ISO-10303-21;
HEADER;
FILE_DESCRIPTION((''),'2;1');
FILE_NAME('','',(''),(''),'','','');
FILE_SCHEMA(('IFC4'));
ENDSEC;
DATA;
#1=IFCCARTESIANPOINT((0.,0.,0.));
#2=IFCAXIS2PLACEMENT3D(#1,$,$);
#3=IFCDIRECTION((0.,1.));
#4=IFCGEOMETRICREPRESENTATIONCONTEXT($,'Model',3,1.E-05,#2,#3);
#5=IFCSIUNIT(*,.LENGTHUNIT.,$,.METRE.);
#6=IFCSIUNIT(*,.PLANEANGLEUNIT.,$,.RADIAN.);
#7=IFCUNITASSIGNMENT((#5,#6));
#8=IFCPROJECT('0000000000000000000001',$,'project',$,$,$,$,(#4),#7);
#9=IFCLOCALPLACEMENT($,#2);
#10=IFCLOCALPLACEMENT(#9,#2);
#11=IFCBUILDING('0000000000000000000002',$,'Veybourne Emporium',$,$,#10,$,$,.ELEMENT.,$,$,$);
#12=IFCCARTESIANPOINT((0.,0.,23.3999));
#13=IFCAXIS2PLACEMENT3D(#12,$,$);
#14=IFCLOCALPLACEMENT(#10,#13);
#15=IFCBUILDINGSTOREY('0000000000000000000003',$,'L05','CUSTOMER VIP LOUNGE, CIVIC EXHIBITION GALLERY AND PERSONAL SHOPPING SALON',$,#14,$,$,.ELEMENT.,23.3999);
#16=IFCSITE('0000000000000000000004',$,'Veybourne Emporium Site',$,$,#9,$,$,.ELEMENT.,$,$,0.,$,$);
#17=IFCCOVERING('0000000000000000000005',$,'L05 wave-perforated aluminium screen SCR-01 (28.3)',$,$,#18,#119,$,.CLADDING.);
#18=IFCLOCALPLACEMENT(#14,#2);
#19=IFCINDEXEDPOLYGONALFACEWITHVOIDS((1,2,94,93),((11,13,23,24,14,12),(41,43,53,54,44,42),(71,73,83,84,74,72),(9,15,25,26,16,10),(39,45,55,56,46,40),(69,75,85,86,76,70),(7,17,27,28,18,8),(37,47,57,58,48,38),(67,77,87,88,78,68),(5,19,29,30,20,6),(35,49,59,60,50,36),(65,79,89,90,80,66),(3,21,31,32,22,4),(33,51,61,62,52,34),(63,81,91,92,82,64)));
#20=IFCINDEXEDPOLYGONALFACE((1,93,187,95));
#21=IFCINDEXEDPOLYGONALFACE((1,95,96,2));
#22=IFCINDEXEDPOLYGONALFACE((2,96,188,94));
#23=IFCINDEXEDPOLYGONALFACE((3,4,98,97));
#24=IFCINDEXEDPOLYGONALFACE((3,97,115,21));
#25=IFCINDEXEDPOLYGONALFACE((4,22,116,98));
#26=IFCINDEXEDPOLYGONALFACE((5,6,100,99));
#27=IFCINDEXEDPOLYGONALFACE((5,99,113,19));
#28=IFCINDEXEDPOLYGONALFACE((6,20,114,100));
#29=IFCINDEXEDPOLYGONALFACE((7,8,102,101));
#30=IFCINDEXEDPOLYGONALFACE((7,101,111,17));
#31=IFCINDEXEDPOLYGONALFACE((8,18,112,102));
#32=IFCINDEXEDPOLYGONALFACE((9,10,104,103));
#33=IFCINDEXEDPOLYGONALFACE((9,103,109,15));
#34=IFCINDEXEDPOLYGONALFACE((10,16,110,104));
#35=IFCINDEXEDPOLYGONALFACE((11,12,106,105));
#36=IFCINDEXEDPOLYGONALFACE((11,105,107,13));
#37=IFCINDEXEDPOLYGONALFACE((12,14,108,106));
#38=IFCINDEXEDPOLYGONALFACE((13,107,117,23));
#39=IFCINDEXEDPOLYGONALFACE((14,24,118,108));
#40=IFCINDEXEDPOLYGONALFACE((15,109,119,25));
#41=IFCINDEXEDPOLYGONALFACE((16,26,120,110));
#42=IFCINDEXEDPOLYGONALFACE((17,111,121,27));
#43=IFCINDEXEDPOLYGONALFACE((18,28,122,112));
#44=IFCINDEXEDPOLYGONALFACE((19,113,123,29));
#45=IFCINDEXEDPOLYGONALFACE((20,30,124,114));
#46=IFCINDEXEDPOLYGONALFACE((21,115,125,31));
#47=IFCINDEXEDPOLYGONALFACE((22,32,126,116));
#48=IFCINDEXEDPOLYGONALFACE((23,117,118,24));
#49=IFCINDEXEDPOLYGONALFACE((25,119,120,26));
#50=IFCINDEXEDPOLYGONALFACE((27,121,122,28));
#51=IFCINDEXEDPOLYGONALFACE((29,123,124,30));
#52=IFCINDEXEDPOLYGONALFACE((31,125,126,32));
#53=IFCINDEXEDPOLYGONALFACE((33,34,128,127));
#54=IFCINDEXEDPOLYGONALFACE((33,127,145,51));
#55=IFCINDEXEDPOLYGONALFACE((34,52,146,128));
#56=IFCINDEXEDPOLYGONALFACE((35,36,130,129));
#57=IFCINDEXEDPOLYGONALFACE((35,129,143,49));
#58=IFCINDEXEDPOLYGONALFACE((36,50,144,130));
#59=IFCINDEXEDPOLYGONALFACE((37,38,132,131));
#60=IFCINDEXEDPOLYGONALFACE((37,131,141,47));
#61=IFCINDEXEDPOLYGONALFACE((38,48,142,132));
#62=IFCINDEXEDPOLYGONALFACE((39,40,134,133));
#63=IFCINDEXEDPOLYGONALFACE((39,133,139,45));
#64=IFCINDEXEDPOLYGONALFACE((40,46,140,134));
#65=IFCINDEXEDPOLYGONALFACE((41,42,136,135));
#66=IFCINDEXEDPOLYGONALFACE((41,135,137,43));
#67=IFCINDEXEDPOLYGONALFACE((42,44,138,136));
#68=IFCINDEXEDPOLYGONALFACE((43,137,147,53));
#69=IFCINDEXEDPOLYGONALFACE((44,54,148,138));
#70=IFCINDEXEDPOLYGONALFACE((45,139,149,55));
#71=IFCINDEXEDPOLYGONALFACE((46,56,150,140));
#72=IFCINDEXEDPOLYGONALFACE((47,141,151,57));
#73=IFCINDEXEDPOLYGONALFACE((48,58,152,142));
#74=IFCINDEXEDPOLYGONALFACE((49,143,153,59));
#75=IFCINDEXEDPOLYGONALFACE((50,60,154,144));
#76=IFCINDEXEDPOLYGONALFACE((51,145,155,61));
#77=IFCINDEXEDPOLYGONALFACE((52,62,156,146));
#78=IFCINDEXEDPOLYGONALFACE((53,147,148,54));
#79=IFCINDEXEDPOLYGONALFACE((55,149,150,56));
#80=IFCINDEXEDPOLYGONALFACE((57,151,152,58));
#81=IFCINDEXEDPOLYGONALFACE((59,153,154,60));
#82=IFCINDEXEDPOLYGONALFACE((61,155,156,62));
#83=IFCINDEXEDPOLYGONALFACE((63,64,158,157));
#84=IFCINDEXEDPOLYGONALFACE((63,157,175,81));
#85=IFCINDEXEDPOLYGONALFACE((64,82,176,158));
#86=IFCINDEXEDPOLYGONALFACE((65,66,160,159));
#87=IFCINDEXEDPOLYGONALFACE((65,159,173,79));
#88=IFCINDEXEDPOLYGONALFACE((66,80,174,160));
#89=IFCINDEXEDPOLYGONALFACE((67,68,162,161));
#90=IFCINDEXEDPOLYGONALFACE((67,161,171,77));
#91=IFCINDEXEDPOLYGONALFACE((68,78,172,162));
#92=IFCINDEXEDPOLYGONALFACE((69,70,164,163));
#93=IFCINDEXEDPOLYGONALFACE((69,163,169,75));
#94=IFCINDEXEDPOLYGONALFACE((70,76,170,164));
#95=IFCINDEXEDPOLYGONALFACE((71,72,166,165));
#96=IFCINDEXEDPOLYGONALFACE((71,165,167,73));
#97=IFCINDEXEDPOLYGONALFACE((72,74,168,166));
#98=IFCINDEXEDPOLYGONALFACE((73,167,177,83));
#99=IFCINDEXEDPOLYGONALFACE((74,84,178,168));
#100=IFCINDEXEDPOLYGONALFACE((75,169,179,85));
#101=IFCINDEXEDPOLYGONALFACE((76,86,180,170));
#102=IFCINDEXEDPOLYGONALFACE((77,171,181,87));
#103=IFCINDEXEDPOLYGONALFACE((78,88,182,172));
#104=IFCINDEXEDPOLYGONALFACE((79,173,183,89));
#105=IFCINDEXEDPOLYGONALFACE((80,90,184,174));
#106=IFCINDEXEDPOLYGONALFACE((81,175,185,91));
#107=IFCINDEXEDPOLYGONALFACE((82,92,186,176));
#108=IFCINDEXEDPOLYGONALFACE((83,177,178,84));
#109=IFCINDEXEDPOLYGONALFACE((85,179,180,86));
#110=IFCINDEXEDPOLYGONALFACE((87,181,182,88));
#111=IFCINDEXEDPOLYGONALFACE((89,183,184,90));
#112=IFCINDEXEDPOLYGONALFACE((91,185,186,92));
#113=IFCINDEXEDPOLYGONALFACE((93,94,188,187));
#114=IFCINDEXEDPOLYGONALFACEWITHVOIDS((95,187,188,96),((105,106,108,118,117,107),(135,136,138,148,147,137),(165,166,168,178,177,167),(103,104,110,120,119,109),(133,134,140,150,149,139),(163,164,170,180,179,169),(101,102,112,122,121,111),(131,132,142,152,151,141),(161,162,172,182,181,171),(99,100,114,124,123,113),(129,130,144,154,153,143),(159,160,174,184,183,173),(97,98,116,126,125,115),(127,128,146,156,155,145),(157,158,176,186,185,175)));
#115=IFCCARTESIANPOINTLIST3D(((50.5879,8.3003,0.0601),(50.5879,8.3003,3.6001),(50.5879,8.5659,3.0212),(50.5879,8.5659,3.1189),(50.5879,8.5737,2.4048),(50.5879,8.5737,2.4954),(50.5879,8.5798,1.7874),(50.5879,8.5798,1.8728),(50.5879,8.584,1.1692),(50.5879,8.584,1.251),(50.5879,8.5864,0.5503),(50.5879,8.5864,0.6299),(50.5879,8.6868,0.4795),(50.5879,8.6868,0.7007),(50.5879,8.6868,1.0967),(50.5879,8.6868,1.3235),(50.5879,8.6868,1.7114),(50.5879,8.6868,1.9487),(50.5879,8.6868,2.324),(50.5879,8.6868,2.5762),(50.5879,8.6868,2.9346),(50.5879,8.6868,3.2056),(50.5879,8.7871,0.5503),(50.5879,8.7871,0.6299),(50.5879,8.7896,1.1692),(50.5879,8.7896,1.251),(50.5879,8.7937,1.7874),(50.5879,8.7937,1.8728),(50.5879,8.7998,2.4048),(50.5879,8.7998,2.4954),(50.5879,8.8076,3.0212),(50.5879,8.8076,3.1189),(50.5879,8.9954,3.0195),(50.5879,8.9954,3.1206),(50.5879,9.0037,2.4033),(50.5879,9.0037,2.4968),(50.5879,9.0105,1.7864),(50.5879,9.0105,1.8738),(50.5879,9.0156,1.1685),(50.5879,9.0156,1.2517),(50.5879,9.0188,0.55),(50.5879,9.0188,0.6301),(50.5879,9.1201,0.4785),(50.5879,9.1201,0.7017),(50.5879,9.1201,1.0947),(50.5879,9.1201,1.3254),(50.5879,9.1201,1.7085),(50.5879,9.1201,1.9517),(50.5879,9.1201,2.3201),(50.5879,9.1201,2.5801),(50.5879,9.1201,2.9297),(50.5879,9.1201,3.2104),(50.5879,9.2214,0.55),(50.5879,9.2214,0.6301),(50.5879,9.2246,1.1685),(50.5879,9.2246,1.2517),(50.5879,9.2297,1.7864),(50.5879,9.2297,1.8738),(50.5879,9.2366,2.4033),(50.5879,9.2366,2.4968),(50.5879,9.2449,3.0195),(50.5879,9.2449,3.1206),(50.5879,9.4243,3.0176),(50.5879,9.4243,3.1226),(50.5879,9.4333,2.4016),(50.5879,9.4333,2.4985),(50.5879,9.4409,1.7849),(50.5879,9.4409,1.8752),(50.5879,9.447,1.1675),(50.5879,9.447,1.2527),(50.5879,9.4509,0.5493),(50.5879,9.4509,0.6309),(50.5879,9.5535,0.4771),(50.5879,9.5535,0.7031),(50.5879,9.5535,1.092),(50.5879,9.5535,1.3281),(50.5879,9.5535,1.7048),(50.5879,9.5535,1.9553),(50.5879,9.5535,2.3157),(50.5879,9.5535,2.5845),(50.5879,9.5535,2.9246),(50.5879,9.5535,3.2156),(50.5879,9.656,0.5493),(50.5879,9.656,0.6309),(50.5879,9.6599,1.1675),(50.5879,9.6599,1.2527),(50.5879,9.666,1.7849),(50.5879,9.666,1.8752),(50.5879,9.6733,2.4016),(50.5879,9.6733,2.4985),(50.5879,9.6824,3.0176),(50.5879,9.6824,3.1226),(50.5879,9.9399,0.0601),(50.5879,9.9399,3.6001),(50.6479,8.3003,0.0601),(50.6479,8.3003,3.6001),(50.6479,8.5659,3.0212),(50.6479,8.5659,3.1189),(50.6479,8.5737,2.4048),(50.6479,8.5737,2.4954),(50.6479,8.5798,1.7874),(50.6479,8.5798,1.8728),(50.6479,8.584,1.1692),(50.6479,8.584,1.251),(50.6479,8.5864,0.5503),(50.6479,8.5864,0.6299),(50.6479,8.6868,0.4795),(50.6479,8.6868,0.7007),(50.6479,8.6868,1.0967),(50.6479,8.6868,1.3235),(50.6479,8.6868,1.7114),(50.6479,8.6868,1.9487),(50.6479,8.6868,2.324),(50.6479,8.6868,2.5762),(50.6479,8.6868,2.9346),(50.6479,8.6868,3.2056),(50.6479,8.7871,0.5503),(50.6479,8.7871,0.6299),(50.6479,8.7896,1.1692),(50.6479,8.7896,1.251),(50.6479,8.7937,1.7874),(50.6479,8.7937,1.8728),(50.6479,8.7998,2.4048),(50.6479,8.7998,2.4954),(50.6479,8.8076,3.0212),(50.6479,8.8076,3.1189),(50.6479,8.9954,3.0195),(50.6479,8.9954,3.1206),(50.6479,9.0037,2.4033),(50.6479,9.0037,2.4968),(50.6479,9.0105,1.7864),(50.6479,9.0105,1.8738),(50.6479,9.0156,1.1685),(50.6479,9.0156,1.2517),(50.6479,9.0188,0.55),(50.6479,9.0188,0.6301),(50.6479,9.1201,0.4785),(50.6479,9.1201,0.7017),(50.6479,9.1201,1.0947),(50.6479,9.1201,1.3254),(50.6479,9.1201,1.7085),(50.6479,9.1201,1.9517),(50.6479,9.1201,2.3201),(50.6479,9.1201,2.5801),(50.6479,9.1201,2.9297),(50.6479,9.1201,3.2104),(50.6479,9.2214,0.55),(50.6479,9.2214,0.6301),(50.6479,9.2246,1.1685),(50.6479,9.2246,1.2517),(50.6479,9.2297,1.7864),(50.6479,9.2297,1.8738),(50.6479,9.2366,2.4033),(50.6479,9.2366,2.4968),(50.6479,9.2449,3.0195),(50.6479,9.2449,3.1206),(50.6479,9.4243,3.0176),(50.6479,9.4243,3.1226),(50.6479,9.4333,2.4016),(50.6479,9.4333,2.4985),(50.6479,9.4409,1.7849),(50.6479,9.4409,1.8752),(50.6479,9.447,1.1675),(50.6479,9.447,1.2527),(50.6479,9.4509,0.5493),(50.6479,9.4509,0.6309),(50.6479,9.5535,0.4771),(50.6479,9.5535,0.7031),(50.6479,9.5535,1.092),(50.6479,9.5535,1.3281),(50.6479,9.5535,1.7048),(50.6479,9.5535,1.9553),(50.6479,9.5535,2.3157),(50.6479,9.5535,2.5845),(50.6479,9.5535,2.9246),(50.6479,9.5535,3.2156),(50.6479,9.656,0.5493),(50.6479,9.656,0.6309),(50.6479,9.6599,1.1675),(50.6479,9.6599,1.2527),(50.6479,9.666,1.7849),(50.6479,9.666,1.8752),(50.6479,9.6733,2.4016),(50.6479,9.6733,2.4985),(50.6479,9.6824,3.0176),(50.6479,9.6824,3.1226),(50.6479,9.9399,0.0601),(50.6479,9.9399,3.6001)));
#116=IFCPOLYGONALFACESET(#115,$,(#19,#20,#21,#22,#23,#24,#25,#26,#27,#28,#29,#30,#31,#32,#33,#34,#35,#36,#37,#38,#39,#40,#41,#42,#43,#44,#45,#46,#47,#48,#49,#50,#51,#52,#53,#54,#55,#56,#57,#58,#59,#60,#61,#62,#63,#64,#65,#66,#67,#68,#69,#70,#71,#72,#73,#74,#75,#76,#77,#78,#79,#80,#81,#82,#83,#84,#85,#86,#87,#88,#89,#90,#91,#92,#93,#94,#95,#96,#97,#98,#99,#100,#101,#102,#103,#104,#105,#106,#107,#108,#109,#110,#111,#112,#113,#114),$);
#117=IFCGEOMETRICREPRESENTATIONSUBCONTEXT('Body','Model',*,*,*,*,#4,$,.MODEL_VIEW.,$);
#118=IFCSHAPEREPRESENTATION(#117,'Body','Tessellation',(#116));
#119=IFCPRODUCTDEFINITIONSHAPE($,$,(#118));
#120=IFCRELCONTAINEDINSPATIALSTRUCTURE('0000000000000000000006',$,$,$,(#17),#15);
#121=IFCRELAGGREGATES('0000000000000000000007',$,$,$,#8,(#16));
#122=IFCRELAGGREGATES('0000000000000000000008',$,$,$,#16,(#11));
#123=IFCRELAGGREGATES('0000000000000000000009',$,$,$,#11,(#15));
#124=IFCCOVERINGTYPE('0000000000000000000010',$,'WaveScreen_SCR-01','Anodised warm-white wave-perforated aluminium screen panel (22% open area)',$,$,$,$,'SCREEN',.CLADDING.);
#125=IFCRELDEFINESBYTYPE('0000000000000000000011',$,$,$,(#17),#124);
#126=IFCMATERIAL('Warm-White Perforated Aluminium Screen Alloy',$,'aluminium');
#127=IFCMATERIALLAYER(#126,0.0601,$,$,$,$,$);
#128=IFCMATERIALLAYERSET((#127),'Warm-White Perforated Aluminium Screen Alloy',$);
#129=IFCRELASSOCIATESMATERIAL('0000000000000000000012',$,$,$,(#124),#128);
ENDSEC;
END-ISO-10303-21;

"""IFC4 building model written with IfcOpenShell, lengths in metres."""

from ifc_helpers import new_model, si_unit, direction, frame, origin, place, context, subcontext, project, spatial, polyline, outline, extrude, material, layer, layer_set, type_object, element, save


model = new_model("IFC4")

# Units and contexts
model_context = context("Model", 3, precision=1e-05, world=origin(), true_north=direction((0.0, 1.0)))
body_context = subcontext(model_context, "Body", "Model", "MODEL_VIEW")
ifc_project = project(units=[si_unit("LENGTHUNIT", "METRE"), si_unit("PLANEANGLEUNIT", "RADIAN")], contexts=[model_context])

# Site, building, storey
site_placement = place(None, origin())
site = spatial("IfcSite", under=ifc_project, at=site_placement, Name="Veybourne Emporium Site", CompositionType="ELEMENT", RefElevation=0.0)
building_placement = place(site_placement, origin())
building = spatial("IfcBuilding", under=site, at=building_placement, Name="Veybourne Emporium", CompositionType="ELEMENT")
storey_placement = place(building_placement, frame((0.0, 0.0, 23.3999)))
storey = spatial("IfcBuildingStorey", under=building, at=storey_placement, Name="L05", Description="CUSTOMER VIP LOUNGE, CIVIC EXHIBITION GALLERY AND PERSONAL SHOPPING SALON", CompositionType="ELEMENT", Elevation=23.3999)

# Covering
ifc_material_1 = material(Name="Warm-White Perforated Aluminium Screen Alloy", Category="aluminium")
ifc_layer_1 = layer(ifc_material_1, 0.0601)
ifc_layer_set_1 = layer_set([ifc_layer_1], Name="Warm-White Perforated Aluminium Screen Alloy")
covering_type_1 = type_object("IfcCoveringType", Name="WaveScreen_SCR-01", Description="Anodised warm-white wave-perforated aluminium screen panel (22% open area)", ElementType="SCREEN", PredefinedType="CLADDING", material=ifc_layer_set_1)
covering_1_placement = place(storey_placement, frame((50.6479, 9.1201, 1.8301), z_axis=(-1.0, 0.0, 0.0), x_axis=(0.0, -1.0, 0.0)))
element("IfcCovering", 1, at=covering_1_placement, inside=storey, type_object=covering_type_1, Name="L05 wave-perforated aluminium screen SCR-01 (28.3)", PredefinedType="CLADDING", context=body_context, shape_type="SweptSolid", body=[
    extrude(outline(polyline([(-0.8198, -1.77), (0.8198, -1.77), (0.8198, 1.77), (-0.8198, 1.77), (-0.8198, -1.77)]), holes=[polyline([(-0.4333, -1.127), (-0.3308, -1.1992), (-0.3308, -1.2808), (-0.4333, -1.353), (-0.5359, -1.2808), (-0.5359, -1.1992), (-0.4333, -1.127)]), polyline([(-0.4333, -0.502), (-0.3269, -0.5774), (-0.3269, -0.6626), (-0.4333, -0.738), (-0.5398, -0.6626), (-0.5398, -0.5774), (-0.4333, -0.502)]), polyline([(-0.4333, 0.1252), (-0.3208, 0.0452), (-0.3208, -0.0452), (-0.4333, -0.1252), (-0.5459, -0.0452), (-0.5459, 0.0452), (-0.4333, 0.1252)]), polyline([(-0.4333, 0.7544), (-0.3132, 0.6685), (-0.3132, 0.5715), (-0.4333, 0.4856), (-0.5532, 0.5715), (-0.5532, 0.6685), (-0.4333, 0.7544)]), polyline([(-0.4333, 1.3855), (-0.3042, 1.2925), (-0.3042, 1.1875), (-0.4333, 1.0945), (-0.5623, 1.1875), (-0.5623, 1.2925), (-0.4333, 1.3855)]), polyline([(0.0, -1.1284), (0.1013, -1.2), (0.1013, -1.28), (0.0, -1.3516), (-0.1013, -1.28), (-0.1013, -1.2), (0.0, -1.1284)]), polyline([(0.0, -0.5046), (0.1045, -0.5784), (0.1045, -0.6616), (0.0, -0.7354), (-0.1045, -0.6616), (-0.1045, -0.5784), (0.0, -0.5046)]), polyline([(0.0, 0.1216), (0.1096, 0.0437), (0.1096, -0.0437), (0.0, -0.1216), (-0.1096, -0.0437), (-0.1096, 0.0437), (0.0, 0.1216)]), polyline([(0.0, 0.75), (0.1165, 0.6667), (0.1165, 0.5732), (0.0, 0.49), (-0.1165, 0.5732), (-0.1165, 0.6667), (0.0, 0.75)]), polyline([(0.0, 1.3804), (0.1248, 1.2905), (0.1248, 1.1895), (0.0, 1.0996), (-0.1248, 1.1895), (-0.1248, 1.2905), (0.0, 1.3804)]), polyline([(0.4333, -1.1294), (0.5337, -1.2002), (0.5337, -1.2798), (0.4333, -1.3506), (0.333, -1.2798), (0.333, -1.2002), (0.4333, -1.1294)]), polyline([(0.4333, -0.5066), (0.5361, -0.5791), (0.5361, -0.6609), (0.4333, -0.7334), (0.3306, -0.6609), (0.3306, -0.5791), (0.4333, -0.5066)]), polyline([(0.4333, 0.1187), (0.5403, 0.0427), (0.5403, -0.0427), (0.4333, -0.1187), (0.3264, -0.0427), (0.3264, 0.0427), (0.4333, 0.1187)]), polyline([(0.4333, 0.7461), (0.5464, 0.6653), (0.5464, 0.5747), (0.4333, 0.4939), (0.3203, 0.5747), (0.3203, 0.6653), (0.4333, 0.7461)]), polyline([(0.4333, 1.3755), (0.5542, 1.2888), (0.5542, 1.1912), (0.4333, 1.1045), (0.3125, 1.1912), (0.3125, 1.2888), (0.4333, 1.3755)])]), origin(), (0.0, 0.0, 1.0), 0.0601),
])

save(model, "model.ifc")
